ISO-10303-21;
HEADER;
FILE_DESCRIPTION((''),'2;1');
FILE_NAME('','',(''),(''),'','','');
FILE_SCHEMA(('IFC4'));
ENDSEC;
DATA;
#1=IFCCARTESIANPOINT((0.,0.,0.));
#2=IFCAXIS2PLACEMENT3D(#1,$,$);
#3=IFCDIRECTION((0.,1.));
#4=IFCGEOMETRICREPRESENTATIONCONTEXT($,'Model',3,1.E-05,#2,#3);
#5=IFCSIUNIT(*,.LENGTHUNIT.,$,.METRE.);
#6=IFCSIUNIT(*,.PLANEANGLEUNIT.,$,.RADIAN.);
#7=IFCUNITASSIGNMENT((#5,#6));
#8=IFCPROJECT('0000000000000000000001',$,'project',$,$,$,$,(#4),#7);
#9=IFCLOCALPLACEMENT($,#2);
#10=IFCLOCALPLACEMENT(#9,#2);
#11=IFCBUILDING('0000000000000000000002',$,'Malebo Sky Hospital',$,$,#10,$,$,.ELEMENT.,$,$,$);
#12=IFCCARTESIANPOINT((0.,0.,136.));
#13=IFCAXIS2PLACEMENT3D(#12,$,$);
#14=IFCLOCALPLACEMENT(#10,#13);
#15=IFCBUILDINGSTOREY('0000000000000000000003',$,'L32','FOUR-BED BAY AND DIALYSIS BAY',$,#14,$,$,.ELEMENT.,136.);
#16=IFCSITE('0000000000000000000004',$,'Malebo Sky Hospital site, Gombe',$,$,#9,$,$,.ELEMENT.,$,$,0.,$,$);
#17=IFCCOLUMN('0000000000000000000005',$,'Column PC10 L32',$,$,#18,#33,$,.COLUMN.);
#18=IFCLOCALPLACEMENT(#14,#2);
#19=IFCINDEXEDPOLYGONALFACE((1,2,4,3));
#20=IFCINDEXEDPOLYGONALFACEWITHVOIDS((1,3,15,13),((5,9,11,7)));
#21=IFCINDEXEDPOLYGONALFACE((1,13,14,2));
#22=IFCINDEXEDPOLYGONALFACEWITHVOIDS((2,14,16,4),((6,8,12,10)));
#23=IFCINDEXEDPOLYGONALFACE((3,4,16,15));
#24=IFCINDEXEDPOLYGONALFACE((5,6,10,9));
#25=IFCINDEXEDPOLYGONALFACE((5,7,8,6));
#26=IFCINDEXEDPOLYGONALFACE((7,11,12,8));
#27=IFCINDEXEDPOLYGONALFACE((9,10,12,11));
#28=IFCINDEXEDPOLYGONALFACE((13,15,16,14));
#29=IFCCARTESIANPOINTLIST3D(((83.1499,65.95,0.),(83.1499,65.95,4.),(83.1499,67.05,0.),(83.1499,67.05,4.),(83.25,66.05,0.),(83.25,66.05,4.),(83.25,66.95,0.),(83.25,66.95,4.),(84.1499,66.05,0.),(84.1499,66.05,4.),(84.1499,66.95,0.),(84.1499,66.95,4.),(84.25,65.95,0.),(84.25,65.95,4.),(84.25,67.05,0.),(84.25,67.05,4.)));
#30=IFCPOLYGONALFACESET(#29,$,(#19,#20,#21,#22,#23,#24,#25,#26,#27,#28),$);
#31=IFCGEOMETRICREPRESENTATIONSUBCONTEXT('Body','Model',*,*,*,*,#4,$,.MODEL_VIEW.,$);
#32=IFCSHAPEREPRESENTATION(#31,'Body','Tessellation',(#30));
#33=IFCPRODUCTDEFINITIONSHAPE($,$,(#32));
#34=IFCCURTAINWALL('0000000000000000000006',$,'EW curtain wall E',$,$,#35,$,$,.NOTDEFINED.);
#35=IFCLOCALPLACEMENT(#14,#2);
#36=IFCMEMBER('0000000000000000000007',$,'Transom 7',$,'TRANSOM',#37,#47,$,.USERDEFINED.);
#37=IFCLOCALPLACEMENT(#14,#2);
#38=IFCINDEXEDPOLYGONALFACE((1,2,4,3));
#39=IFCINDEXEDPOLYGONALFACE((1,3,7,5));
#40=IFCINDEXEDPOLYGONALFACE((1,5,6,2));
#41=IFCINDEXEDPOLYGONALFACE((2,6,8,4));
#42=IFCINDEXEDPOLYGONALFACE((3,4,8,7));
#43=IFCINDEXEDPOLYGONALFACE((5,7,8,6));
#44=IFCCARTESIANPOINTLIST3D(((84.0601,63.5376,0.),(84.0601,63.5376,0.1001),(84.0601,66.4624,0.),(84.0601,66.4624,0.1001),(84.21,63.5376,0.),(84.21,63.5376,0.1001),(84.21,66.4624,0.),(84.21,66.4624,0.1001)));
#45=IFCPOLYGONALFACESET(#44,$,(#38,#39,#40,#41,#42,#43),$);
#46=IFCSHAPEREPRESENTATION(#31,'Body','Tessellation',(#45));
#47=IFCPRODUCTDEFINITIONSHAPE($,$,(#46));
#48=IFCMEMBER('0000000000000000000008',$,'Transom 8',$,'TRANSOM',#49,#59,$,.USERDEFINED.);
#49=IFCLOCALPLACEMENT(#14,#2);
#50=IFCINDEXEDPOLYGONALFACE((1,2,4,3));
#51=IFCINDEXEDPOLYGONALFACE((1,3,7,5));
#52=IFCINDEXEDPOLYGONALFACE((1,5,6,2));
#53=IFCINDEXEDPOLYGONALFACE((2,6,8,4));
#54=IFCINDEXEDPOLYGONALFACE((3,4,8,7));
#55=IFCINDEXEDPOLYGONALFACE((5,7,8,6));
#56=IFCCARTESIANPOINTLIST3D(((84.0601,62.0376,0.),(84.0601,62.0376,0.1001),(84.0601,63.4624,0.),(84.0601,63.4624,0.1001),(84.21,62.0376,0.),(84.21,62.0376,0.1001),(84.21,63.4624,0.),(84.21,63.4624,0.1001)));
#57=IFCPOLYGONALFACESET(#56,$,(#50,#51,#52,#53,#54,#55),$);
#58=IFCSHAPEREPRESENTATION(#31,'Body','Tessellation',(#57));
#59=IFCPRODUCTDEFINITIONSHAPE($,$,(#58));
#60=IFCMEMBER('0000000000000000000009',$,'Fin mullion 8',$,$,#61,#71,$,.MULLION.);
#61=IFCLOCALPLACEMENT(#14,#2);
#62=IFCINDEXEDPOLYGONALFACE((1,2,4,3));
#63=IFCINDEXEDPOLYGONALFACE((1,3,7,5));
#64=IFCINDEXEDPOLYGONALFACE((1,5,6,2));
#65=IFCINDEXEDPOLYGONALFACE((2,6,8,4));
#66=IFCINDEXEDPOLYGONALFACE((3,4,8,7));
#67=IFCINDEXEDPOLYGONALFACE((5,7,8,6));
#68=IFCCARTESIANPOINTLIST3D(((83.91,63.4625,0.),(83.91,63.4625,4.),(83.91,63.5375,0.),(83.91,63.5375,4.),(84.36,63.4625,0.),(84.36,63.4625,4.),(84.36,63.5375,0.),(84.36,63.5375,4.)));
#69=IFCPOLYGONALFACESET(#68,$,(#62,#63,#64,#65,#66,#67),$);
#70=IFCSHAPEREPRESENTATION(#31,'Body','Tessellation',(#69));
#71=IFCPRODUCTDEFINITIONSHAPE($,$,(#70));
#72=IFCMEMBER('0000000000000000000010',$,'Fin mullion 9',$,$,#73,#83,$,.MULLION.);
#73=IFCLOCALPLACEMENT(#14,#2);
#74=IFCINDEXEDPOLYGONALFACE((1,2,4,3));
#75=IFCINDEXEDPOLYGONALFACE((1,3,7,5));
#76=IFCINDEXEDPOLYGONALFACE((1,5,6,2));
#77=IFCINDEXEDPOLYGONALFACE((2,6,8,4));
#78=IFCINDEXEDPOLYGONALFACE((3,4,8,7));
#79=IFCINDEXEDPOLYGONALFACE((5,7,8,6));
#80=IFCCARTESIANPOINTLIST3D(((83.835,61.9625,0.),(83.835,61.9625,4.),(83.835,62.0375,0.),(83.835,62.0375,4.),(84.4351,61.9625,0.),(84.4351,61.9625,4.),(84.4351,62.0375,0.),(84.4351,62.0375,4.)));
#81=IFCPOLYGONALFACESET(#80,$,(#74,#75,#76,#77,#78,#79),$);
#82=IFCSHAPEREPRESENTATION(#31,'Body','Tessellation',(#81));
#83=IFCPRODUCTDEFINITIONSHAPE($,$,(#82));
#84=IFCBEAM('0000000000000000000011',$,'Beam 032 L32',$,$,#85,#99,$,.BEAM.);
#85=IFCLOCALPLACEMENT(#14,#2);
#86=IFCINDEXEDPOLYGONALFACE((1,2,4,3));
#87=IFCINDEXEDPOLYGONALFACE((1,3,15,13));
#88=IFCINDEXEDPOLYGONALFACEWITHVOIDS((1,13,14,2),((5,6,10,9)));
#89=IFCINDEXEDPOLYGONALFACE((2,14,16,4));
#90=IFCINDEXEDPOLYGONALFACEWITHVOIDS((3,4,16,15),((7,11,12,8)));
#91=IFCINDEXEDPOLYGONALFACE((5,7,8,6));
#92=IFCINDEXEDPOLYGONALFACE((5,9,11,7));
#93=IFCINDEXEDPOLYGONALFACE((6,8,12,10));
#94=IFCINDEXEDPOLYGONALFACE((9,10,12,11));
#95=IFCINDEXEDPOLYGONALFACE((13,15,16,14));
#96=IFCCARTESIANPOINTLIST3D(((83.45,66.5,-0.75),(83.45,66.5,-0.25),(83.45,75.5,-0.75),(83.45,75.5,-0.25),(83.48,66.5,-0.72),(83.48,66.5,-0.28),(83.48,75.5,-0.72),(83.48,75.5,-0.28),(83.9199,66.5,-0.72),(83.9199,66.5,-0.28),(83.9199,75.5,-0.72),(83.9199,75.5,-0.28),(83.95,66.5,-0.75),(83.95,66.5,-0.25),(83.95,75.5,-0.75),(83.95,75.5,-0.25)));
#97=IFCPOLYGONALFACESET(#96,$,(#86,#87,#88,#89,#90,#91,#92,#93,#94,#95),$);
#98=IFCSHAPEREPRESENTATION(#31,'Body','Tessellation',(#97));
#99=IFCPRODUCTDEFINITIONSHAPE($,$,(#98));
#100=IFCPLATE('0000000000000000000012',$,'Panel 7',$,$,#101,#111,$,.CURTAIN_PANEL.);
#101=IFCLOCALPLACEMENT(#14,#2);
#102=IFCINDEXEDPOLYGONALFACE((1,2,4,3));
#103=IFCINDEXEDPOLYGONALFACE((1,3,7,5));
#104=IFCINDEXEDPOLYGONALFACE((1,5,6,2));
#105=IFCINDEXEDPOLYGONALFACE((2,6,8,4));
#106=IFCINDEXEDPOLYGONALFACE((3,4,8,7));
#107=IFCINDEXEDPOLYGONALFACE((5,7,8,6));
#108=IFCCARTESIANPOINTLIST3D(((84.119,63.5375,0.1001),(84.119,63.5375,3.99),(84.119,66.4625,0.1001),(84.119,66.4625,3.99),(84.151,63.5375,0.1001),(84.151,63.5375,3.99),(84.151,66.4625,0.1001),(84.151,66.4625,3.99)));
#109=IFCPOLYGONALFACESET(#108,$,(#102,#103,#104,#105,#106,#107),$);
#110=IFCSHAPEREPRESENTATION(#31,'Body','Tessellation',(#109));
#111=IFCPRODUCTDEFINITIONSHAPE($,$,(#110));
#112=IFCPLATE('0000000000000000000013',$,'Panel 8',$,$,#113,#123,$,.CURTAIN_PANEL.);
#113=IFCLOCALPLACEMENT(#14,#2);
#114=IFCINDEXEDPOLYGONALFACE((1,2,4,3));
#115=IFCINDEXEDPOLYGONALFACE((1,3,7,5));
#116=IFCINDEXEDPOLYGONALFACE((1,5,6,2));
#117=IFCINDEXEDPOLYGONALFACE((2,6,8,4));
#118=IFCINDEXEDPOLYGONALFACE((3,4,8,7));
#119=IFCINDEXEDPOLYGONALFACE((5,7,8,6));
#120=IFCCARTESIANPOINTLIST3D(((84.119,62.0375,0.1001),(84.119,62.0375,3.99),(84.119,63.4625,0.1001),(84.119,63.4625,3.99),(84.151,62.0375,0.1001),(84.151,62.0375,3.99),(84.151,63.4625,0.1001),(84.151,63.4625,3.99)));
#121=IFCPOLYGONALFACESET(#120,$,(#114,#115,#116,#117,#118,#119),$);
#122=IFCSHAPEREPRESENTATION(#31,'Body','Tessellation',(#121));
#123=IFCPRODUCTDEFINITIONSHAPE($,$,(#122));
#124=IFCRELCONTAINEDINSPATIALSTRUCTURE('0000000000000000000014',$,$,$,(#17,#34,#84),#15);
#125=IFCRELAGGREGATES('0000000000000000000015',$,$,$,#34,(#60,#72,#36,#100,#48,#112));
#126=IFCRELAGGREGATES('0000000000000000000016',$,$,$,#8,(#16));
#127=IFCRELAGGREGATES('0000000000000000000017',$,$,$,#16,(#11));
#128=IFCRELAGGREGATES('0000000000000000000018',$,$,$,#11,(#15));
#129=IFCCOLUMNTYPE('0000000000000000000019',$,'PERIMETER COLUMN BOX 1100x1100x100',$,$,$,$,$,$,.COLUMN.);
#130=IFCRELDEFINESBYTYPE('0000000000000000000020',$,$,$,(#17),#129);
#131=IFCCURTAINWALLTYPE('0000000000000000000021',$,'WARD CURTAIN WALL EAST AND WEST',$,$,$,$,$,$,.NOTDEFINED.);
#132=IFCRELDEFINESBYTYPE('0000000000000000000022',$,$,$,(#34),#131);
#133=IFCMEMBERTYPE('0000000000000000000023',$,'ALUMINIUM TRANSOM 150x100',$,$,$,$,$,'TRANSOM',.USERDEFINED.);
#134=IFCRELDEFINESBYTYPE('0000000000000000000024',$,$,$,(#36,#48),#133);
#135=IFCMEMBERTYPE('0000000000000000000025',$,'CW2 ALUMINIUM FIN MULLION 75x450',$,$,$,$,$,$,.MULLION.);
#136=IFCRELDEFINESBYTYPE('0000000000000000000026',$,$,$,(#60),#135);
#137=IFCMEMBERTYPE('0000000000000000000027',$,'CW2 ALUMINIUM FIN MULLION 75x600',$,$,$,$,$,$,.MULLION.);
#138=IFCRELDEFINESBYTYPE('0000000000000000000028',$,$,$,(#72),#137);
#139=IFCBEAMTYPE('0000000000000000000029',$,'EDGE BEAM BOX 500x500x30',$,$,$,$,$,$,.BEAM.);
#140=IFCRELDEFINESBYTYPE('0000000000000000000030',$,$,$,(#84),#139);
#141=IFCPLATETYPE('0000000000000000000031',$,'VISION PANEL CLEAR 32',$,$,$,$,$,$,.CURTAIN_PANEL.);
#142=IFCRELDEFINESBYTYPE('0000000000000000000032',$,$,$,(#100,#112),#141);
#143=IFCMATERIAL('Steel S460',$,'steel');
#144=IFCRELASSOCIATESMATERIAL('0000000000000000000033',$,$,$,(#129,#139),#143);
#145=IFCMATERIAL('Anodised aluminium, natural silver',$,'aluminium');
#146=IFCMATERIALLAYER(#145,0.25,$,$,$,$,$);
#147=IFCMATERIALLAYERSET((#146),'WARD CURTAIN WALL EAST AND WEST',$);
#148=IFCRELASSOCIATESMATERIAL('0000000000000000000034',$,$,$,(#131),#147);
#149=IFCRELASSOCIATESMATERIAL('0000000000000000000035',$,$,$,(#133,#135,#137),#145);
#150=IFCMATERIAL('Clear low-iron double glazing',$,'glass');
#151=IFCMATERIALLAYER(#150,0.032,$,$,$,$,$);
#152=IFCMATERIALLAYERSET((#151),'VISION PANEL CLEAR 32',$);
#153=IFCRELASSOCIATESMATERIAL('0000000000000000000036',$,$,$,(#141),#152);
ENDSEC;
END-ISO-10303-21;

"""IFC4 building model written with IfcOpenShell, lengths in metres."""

from ifc_helpers import new_model, si_unit, direction, frame, origin, origin_2d, place, context, subcontext, project, spatial, rectangle, hollow_rectangle, extrude, material, layer, layer_set, material_profile, profile_set, type_object, element, aggregate, save


model = new_model("IFC4")

# Units and contexts
model_context = context("Model", 3, precision=1e-05, world=origin(), true_north=direction((0.0, 1.0)))
body_context = subcontext(model_context, "Body", "Model", "MODEL_VIEW")
ifc_project = project(units=[si_unit("LENGTHUNIT", "METRE"), si_unit("PLANEANGLEUNIT", "RADIAN")], contexts=[model_context])

# Site, building, storey
site_placement = place(None, origin())
site = spatial("IfcSite", under=ifc_project, at=site_placement, Name="Malebo Sky Hospital site, Gombe", CompositionType="ELEMENT", RefElevation=0.0)
building_placement = place(site_placement, origin())
building = spatial("IfcBuilding", under=site, at=building_placement, Name="Malebo Sky Hospital", CompositionType="ELEMENT")
storey_placement = place(building_placement, frame((0.0, 0.0, 136.0)))
storey = spatial("IfcBuildingStorey", under=building, at=storey_placement, Name="L32", Description="FOUR-BED BAY AND DIALYSIS BAY", CompositionType="ELEMENT", Elevation=136.0)

# Column
ifc_material_1 = material(Name="Steel S460", Category="steel")
ifc_material_profile_1 = material_profile(ifc_material_1, hollow_rectangle(XDim=1.1001, YDim=1.1001, WallThickness=0.1001, at=origin_2d()), Name="BOX 1100x1100x100")
ifc_profile_set_1 = profile_set([ifc_material_profile_1], Name="Steel S460")
column_type = type_object("IfcColumnType", Name="PERIMETER COLUMN BOX 1100x1100x100", PredefinedType="COLUMN", material=ifc_profile_set_1)
column_placement = place(storey_placement, frame((83.7, 66.5, 0.0), z_axis=(0.0, 0.0, 1.0), x_axis=(1.0, 0.0, 0.0)))
element("IfcColumn", 1, at=column_placement, inside=storey, type_object=column_type, Name="Column PC10 L32", PredefinedType="COLUMN", context=body_context, shape_type="SweptSolid", body=[
    extrude(hollow_rectangle(XDim=1.1001, YDim=1.1001, WallThickness=0.1001, at=origin_2d()), origin(), (0.0, 0.0, 1.0), 4.0),
])

# Curtain wall, members
ifc_material_2 = material(Name="Anodised aluminium, natural silver", Category="aluminium")
ifc_layer_1 = layer(ifc_material_2, 0.25)
ifc_layer_set_1 = layer_set([ifc_layer_1], Name="WARD CURTAIN WALL EAST AND WEST")
curtain_wall_type = type_object("IfcCurtainWallType", Name="WARD CURTAIN WALL EAST AND WEST", PredefinedType="NOTDEFINED", material=ifc_layer_set_1)
curtain_wall_placement = place(storey_placement, origin())
curtain_wall = element("IfcCurtainWall", 2, at=curtain_wall_placement, inside=storey, type_object=curtain_wall_type, Name="EW curtain wall E", PredefinedType="NOTDEFINED")
ifc_material_profile_2 = material_profile(ifc_material_2, rectangle(XDim=0.1499, YDim=0.1001, at=origin_2d()), Name="ALUMINIUM TRANSOM 150x100")
ifc_profile_set_2 = profile_set([ifc_material_profile_2], Name="Anodised aluminium, natural silver")
member_type_1 = type_object("IfcMemberType", Name="ALUMINIUM TRANSOM 150x100", ElementType="TRANSOM", PredefinedType="USERDEFINED", material=ifc_profile_set_2)
member_1_placement = place(storey_placement, frame((84.135, 66.4624, 0.05), z_axis=(0.0, -1.0, 0.0), x_axis=(1.0, 0.0, 0.0)))
member_1 = element("IfcMember", 3, at=member_1_placement, type_object=member_type_1, Name="Transom 7", ObjectType="TRANSOM", PredefinedType="USERDEFINED", context=body_context, shape_type="SweptSolid", body=[
    extrude(rectangle(XDim=0.1499, YDim=0.1001, at=origin_2d()), origin(), (0.0, 0.0, 1.0), 2.9248),
])
member_2_placement = place(storey_placement, frame((84.135, 63.4624, 0.05), z_axis=(0.0, -1.0, 0.0), x_axis=(1.0, 0.0, 0.0)))
member_2 = element("IfcMember", 4, at=member_2_placement, type_object=member_type_1, Name="Transom 8", ObjectType="TRANSOM", PredefinedType="USERDEFINED", context=body_context, shape_type="SweptSolid", body=[
    extrude(rectangle(XDim=0.1499, YDim=0.1001, at=origin_2d()), origin(), (0.0, 0.0, 1.0), 1.4248),
])
ifc_material_profile_3 = material_profile(ifc_material_2, rectangle(XDim=0.075, YDim=0.45, at=origin_2d()), Name="CW2 ALUMINIUM FIN MULLION 75x450")
ifc_profile_set_3 = profile_set([ifc_material_profile_3], Name="Anodised aluminium, natural silver")
member_type_2 = type_object("IfcMemberType", Name="CW2 ALUMINIUM FIN MULLION 75x450", PredefinedType="MULLION", material=ifc_profile_set_3)
member_3_placement = place(storey_placement, frame((84.135, 63.5, 0.0), z_axis=(0.0, 0.0, 1.0), x_axis=(0.0, -1.0, 0.0)))
member_3 = element("IfcMember", 5, at=member_3_placement, type_object=member_type_2, Name="Fin mullion 8", PredefinedType="MULLION", context=body_context, shape_type="SweptSolid", body=[
    extrude(rectangle(XDim=0.075, YDim=0.45, at=origin_2d()), origin(), (0.0, 0.0, 1.0), 4.0),
])
ifc_material_profile_4 = material_profile(ifc_material_2, rectangle(XDim=0.075, YDim=0.6001, at=origin_2d()), Name="CW2 ALUMINIUM FIN MULLION 75x600")
ifc_profile_set_4 = profile_set([ifc_material_profile_4], Name="Anodised aluminium, natural silver")
member_type_3 = type_object("IfcMemberType", Name="CW2 ALUMINIUM FIN MULLION 75x600", PredefinedType="MULLION", material=ifc_profile_set_4)
member_4_placement = place(storey_placement, frame((84.135, 62.0, 0.0), z_axis=(0.0, 0.0, 1.0), x_axis=(0.0, -1.0, 0.0)))
member_4 = element("IfcMember", 6, at=member_4_placement, type_object=member_type_3, Name="Fin mullion 9", PredefinedType="MULLION", context=body_context, shape_type="SweptSolid", body=[
    extrude(rectangle(XDim=0.075, YDim=0.6001, at=origin_2d()), origin(), (0.0, 0.0, 1.0), 4.0),
])

# Beam
ifc_material_profile_5 = material_profile(ifc_material_1, hollow_rectangle(XDim=0.5, YDim=0.5, WallThickness=0.03, at=origin_2d()), Name="BOX 500x500x30")
ifc_profile_set_5 = profile_set([ifc_material_profile_5], Name="Steel S460")
beam_type = type_object("IfcBeamType", Name="EDGE BEAM BOX 500x500x30", PredefinedType="BEAM", material=ifc_profile_set_5)
beam_placement = place(storey_placement, frame((83.7, 66.5, -0.5), z_axis=(0.0, 1.0, 0.0), x_axis=(-1.0, 0.0, 0.0)))
element("IfcBeam", 7, at=beam_placement, inside=storey, type_object=beam_type, Name="Beam 032 L32", PredefinedType="BEAM", context=body_context, shape_type="SweptSolid", body=[
    extrude(hollow_rectangle(XDim=0.5, YDim=0.5, WallThickness=0.03, at=origin_2d()), origin(), (0.0, 0.0, 1.0), 9.0),
])

# Plates
ifc_material_3 = material(Name="Clear low-iron double glazing", Category="glass")
ifc_layer_2 = layer(ifc_material_3, 0.032)
ifc_layer_set_2 = layer_set([ifc_layer_2], Name="VISION PANEL CLEAR 32")
plate_type = type_object("IfcPlateType", Name="VISION PANEL CLEAR 32", PredefinedType="CURTAIN_PANEL", material=ifc_layer_set_2)
plate_1_placement = place(storey_placement, frame((84.135, 65.0, 0.1001), z_axis=(0.0, 0.0, 1.0), x_axis=(0.0, -1.0, 0.0)))
plate_1 = element("IfcPlate", 8, at=plate_1_placement, type_object=plate_type, Name="Panel 7", PredefinedType="CURTAIN_PANEL", context=body_context, shape_type="SweptSolid", body=[
    extrude(rectangle(XDim=2.925, YDim=0.032, at=origin_2d()), origin(), (0.0, 0.0, 1.0), 3.8899),
])
plate_2_placement = place(storey_placement, frame((84.135, 62.75, 0.1001), z_axis=(0.0, 0.0, 1.0), x_axis=(0.0, -1.0, 0.0)))
plate_2 = element("IfcPlate", 9, at=plate_2_placement, type_object=plate_type, Name="Panel 8", PredefinedType="CURTAIN_PANEL", context=body_context, shape_type="SweptSolid", body=[
    extrude(rectangle(XDim=1.425, YDim=0.032, at=origin_2d()), origin(), (0.0, 0.0, 1.0), 3.8899),
])
aggregate(curtain_wall, [member_3, member_4, member_1, plate_1, member_2, plate_2])

save(model, "model.ifc")
